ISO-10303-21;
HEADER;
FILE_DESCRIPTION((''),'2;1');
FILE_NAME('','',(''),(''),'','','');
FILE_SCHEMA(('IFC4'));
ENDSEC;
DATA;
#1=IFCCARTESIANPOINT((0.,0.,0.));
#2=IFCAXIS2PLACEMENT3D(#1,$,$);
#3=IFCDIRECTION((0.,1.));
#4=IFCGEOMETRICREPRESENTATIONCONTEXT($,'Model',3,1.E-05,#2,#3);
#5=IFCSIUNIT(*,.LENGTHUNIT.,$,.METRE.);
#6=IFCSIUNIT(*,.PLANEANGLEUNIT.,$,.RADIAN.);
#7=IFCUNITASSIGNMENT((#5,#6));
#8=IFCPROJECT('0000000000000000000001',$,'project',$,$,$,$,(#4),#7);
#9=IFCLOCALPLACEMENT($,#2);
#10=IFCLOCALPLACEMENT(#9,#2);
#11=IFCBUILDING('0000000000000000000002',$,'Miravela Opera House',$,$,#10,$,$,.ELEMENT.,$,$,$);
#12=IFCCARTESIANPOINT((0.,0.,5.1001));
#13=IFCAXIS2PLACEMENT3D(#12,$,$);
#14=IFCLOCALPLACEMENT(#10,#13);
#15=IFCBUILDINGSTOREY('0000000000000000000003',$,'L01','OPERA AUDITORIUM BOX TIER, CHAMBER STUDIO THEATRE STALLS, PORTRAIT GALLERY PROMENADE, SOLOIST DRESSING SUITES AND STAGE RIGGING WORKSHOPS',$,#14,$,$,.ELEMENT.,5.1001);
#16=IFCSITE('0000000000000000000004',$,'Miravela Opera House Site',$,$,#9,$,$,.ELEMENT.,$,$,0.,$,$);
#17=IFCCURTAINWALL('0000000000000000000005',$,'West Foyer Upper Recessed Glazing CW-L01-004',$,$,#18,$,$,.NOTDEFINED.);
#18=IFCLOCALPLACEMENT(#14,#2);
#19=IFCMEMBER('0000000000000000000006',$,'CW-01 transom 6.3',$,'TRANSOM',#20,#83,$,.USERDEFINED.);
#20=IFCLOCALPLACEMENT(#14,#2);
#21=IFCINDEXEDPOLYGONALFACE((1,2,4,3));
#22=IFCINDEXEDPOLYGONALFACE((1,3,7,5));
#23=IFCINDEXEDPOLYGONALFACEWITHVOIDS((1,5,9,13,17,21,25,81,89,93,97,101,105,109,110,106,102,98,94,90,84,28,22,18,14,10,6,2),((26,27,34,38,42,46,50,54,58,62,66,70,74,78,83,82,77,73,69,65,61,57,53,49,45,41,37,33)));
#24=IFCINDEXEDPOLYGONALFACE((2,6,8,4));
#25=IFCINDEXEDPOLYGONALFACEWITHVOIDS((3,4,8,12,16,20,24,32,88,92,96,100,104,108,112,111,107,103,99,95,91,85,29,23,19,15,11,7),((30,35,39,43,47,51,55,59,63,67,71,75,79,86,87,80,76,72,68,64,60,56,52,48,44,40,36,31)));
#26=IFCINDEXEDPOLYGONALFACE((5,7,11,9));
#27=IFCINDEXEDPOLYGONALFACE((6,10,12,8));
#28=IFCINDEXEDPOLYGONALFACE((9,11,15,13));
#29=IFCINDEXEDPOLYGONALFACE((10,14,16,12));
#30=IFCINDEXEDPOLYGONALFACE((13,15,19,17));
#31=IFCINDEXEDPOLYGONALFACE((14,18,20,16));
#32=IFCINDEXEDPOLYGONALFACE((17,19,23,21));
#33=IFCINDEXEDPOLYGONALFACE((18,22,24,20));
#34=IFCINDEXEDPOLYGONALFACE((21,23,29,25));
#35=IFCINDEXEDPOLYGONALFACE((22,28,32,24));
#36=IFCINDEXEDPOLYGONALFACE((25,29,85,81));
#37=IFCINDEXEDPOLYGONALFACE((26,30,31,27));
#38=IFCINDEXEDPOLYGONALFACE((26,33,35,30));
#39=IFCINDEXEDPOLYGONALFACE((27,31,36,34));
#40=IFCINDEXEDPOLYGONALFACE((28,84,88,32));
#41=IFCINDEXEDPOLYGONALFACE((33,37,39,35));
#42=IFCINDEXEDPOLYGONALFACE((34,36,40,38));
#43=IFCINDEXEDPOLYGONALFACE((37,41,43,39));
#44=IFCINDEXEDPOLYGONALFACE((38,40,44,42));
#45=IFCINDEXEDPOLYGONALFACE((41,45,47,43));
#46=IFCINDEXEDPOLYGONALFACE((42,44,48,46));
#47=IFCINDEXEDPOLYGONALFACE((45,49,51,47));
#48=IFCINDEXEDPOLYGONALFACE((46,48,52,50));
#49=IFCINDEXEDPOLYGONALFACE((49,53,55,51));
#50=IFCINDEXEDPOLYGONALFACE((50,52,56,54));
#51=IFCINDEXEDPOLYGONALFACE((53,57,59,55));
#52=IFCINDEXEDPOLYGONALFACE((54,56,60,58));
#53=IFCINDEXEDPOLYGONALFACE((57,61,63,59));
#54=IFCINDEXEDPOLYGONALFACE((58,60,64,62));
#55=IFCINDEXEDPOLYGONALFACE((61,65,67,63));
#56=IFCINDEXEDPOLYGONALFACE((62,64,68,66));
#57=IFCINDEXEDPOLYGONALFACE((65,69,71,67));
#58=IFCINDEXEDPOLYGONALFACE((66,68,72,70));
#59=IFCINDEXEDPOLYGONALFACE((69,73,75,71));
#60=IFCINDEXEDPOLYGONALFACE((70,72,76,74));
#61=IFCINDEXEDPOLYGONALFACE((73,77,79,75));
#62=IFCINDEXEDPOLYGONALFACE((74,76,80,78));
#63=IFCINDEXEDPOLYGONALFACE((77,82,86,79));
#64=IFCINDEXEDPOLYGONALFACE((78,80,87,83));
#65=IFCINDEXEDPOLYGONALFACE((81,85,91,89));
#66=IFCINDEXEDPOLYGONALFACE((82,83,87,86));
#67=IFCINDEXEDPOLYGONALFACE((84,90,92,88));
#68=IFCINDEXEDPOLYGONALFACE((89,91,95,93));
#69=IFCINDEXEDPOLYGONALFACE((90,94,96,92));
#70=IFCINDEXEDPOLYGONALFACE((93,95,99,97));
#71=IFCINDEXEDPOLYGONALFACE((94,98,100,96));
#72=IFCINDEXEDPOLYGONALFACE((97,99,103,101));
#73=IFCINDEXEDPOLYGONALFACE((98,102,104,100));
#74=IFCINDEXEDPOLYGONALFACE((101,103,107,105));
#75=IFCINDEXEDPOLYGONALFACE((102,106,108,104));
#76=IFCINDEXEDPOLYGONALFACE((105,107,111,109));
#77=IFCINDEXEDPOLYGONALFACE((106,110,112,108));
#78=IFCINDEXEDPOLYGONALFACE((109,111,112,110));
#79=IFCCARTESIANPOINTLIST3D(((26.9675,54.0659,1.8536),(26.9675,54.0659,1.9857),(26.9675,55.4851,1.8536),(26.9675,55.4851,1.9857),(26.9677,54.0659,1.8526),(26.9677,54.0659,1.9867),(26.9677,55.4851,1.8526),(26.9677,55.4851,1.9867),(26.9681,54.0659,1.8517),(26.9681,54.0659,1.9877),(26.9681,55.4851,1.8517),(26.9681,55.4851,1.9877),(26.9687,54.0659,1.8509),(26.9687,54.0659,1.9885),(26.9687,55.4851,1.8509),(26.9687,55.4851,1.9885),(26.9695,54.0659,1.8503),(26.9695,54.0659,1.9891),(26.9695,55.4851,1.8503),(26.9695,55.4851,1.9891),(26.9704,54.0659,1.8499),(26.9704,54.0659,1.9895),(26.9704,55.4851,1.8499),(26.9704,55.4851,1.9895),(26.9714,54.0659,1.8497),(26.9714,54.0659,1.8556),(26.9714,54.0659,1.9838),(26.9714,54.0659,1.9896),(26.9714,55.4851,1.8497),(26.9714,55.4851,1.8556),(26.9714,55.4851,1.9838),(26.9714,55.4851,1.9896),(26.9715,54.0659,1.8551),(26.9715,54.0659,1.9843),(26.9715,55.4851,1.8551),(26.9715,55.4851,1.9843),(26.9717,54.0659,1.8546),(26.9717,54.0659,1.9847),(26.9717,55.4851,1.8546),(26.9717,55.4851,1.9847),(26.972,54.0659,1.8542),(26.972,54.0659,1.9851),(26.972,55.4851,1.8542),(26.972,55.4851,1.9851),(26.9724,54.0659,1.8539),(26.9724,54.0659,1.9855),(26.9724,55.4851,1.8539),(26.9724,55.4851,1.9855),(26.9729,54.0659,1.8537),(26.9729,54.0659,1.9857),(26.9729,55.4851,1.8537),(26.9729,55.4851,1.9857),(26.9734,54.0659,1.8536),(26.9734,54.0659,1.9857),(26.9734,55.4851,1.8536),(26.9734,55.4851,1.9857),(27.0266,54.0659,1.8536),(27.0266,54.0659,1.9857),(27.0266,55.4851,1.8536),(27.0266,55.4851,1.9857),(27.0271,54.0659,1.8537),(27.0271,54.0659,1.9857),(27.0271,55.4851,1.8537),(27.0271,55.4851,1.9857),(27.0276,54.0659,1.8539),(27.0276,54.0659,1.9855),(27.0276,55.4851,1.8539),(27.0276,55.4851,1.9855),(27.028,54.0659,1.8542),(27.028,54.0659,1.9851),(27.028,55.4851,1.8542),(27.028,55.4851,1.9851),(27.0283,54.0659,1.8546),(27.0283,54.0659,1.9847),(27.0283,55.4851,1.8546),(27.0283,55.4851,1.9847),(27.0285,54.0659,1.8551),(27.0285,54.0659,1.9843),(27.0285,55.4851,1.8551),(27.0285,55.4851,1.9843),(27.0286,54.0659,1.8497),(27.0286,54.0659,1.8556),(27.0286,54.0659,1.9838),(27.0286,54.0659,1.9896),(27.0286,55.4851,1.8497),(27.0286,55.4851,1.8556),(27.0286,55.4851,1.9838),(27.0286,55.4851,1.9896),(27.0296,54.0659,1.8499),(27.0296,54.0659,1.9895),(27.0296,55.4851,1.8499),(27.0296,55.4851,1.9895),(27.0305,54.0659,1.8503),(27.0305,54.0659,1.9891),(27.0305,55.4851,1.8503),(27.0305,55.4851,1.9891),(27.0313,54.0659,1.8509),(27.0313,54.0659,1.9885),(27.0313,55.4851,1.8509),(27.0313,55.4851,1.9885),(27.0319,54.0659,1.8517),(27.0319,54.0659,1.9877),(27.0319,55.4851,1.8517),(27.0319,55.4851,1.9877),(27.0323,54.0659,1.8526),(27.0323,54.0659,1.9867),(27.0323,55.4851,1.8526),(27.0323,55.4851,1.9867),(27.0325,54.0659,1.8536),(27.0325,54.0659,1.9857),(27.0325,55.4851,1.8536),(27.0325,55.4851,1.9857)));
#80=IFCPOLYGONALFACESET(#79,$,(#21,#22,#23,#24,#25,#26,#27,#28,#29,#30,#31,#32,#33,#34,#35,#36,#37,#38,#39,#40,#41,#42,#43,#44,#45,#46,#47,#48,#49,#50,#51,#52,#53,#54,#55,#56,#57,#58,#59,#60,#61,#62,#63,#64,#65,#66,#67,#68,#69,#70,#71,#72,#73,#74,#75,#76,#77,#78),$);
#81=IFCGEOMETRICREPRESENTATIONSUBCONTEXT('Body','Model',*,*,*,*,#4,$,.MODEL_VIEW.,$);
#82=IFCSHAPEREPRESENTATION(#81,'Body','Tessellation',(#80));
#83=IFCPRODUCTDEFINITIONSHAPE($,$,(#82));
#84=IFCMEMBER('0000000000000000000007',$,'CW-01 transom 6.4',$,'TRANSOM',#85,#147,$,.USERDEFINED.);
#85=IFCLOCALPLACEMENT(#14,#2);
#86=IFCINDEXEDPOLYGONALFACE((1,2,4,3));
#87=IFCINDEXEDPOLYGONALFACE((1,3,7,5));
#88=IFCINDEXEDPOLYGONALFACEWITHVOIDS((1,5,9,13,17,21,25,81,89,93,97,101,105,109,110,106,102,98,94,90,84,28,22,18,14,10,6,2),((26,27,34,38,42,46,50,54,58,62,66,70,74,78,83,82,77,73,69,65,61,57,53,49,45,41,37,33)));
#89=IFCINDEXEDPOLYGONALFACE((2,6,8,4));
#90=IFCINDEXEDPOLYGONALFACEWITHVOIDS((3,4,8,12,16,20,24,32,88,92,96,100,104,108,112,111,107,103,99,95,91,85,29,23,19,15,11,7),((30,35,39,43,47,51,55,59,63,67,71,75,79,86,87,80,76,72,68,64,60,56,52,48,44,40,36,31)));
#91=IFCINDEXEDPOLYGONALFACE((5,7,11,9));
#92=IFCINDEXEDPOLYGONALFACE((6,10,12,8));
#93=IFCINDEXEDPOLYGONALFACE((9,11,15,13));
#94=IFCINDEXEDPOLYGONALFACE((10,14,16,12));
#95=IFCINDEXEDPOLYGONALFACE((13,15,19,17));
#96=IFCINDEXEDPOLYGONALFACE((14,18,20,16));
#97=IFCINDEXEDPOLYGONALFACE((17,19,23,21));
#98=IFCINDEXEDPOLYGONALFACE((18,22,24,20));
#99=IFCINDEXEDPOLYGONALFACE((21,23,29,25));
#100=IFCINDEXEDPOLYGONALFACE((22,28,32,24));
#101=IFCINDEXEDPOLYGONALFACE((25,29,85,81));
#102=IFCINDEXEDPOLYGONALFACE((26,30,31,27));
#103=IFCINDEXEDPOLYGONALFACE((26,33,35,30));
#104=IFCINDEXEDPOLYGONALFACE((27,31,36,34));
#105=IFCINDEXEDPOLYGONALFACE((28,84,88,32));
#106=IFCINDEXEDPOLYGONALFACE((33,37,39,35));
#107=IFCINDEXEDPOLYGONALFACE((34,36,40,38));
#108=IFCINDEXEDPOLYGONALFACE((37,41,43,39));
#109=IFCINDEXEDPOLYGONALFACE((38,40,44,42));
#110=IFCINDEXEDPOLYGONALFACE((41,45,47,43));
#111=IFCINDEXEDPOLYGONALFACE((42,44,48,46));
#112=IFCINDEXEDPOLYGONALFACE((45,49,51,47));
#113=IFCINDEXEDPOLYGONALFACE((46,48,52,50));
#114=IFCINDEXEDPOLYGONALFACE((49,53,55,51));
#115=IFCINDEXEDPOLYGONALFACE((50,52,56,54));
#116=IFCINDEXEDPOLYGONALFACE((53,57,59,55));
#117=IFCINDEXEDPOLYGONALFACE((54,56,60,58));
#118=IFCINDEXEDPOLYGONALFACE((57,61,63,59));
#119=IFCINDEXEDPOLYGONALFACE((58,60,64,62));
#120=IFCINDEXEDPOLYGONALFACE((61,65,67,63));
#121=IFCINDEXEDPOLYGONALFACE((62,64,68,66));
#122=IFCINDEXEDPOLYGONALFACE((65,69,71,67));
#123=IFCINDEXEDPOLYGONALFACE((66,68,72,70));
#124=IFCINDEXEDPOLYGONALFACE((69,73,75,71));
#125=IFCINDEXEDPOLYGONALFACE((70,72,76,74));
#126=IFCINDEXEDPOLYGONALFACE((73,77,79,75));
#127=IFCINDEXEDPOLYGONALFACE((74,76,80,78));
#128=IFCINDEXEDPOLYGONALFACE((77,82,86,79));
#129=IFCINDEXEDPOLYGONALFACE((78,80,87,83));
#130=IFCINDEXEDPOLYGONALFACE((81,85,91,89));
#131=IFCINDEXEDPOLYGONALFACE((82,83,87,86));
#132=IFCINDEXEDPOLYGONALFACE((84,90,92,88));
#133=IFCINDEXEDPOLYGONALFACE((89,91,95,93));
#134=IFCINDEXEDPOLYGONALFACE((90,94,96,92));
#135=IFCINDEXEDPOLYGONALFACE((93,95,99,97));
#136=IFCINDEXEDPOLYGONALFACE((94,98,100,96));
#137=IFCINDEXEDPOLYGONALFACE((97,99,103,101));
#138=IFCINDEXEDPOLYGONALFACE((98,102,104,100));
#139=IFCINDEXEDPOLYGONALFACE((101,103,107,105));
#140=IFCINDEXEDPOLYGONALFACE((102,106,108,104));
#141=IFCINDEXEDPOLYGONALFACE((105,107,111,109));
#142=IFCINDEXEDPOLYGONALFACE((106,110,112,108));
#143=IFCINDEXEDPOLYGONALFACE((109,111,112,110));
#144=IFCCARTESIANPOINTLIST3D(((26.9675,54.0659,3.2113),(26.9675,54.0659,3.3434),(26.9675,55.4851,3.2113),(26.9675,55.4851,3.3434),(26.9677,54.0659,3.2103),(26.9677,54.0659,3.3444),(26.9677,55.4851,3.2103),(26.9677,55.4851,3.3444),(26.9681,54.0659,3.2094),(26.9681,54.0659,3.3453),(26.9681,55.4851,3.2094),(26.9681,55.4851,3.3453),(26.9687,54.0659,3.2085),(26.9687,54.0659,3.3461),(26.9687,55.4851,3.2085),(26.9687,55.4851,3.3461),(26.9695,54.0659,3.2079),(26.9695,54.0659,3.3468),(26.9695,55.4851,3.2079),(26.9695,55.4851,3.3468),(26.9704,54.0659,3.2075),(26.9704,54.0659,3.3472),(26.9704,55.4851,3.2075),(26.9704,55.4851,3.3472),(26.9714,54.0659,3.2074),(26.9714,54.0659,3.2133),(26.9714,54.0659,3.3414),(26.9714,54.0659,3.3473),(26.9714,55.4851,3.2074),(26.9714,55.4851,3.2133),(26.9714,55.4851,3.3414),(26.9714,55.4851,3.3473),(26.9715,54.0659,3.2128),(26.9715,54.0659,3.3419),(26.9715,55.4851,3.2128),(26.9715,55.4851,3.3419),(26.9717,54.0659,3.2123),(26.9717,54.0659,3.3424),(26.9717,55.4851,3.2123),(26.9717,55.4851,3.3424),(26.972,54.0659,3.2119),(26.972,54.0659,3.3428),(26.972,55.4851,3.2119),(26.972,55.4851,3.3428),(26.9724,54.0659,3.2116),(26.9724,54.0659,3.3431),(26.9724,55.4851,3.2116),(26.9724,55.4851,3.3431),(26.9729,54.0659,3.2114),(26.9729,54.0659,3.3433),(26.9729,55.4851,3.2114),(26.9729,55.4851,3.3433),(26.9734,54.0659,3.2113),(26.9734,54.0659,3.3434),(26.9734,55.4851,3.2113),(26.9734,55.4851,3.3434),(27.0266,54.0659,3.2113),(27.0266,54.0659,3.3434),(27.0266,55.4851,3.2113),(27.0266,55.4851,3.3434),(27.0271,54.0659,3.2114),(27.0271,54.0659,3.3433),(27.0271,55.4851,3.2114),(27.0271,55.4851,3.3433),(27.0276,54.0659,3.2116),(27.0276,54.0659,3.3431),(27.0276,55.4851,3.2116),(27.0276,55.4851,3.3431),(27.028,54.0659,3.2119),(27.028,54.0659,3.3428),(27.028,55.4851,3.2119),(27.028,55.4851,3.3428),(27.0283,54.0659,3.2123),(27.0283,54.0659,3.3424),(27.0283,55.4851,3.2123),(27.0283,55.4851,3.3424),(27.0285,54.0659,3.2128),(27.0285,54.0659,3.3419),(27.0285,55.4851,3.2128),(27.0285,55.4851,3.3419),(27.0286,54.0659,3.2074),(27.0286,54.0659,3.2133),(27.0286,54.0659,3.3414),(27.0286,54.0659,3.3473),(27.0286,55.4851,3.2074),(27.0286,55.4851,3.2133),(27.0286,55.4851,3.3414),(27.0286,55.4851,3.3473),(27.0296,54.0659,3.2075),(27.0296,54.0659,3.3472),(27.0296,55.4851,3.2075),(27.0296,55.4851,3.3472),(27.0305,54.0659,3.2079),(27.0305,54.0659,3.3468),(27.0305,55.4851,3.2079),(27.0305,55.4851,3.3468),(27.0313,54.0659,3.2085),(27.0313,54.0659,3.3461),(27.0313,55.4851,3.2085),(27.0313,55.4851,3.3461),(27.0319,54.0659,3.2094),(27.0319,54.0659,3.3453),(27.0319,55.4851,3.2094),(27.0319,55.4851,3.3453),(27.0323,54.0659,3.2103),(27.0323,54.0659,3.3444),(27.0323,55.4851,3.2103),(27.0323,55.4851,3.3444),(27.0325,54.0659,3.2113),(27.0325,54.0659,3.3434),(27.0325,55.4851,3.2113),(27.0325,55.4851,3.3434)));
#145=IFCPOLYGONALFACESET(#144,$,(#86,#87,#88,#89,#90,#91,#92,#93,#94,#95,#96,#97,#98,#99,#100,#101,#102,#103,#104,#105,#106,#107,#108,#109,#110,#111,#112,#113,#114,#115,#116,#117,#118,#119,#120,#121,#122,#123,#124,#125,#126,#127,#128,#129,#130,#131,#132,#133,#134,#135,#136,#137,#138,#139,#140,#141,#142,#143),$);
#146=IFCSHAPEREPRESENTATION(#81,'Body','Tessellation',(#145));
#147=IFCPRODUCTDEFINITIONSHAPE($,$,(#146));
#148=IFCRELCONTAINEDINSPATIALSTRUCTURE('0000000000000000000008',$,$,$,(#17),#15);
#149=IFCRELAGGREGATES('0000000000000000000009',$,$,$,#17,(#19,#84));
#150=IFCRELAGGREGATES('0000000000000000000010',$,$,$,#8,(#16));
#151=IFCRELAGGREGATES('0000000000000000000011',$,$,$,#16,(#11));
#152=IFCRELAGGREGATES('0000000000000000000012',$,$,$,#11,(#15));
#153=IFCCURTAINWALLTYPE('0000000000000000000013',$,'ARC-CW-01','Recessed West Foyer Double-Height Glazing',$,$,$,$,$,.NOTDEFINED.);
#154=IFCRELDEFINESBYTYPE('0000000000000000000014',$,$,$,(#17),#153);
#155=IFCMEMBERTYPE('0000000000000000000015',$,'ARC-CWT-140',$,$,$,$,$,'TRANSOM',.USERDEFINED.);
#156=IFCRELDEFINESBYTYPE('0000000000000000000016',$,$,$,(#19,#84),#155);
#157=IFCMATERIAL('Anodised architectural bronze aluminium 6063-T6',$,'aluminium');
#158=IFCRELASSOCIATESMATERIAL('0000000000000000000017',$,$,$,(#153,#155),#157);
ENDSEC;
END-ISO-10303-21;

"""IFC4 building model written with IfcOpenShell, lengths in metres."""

from ifc_helpers import new_model, si_unit, direction, frame, origin, origin_2d, place, context, subcontext, project, spatial, hollow_rectangle, extrude, material, material_profile, profile_set, type_object, element, aggregate, save


model = new_model("IFC4")

# Units and contexts
model_context = context("Model", 3, precision=1e-05, world=origin(), true_north=direction((0.0, 1.0)))
body_context = subcontext(model_context, "Body", "Model", "MODEL_VIEW")
ifc_project = project(units=[si_unit("LENGTHUNIT", "METRE"), si_unit("PLANEANGLEUNIT", "RADIAN")], contexts=[model_context])

# Site, building, storey
site_placement = place(None, origin())
site = spatial("IfcSite", under=ifc_project, at=site_placement, Name="Miravela Opera House Site", CompositionType="ELEMENT", RefElevation=0.0)
building_placement = place(site_placement, origin())
building = spatial("IfcBuilding", under=site, at=building_placement, Name="Miravela Opera House", CompositionType="ELEMENT")
storey_placement = place(building_placement, frame((0.0, 0.0, 5.1001)))
storey = spatial("IfcBuildingStorey", under=building, at=storey_placement, Name="L01", Description="OPERA AUDITORIUM BOX TIER, CHAMBER STUDIO THEATRE STALLS, PORTRAIT GALLERY PROMENADE, SOLOIST DRESSING SUITES AND STAGE RIGGING WORKSHOPS", CompositionType="ELEMENT", Elevation=5.1001)

# Curtain wall
ifc_material_1 = material(Name="Anodised architectural bronze aluminium 6063-T6", Category="aluminium")
curtain_wall_type = type_object("IfcCurtainWallType", Name="ARC-CW-01", Description="Recessed West Foyer Double-Height Glazing", PredefinedType="NOTDEFINED", material=ifc_material_1)
curtain_wall_1_placement = place(storey_placement, origin())
curtain_wall_1 = element("IfcCurtainWall", 1, at=curtain_wall_1_placement, inside=storey, type_object=curtain_wall_type, Name="West Foyer Upper Recessed Glazing CW-L01-004", PredefinedType="NOTDEFINED")

# Members
ifc_material_profile_1 = material_profile(ifc_material_1, hollow_rectangle(XDim=0.0649, YDim=0.1399, WallThickness=0.0039, InnerFilletRadius=0.002, OuterFilletRadius=0.0039, at=origin_2d()), Name="CWT-65X140")
ifc_profile_set_1 = profile_set([ifc_material_profile_1])
member_type_1 = type_object("IfcMemberType", Name="ARC-CWT-140", ElementType="TRANSOM", PredefinedType="USERDEFINED", material=ifc_profile_set_1)
member_1_placement = place(storey_placement, frame((27.0, 54.0659, 1.9197), z_axis=(0.0, 1.0, 0.0), x_axis=(-1.0, 0.0, 0.0)))
member_1 = element("IfcMember", 2, at=member_1_placement, type_object=member_type_1, Name="CW-01 transom 6.3", ObjectType="TRANSOM", PredefinedType="USERDEFINED", context=body_context, shape_type="SweptSolid", body=[
    extrude(hollow_rectangle(XDim=0.0649, YDim=0.1399, WallThickness=0.0039, InnerFilletRadius=0.002, OuterFilletRadius=0.0039, at=origin_2d()), origin(), (0.0, 0.0, 1.0), 1.4192),
])
member_2_placement = place(storey_placement, frame((27.0, 54.0659, 3.2773), z_axis=(0.0, 1.0, 0.0), x_axis=(-1.0, 0.0, 0.0)))
member_2 = element("IfcMember", 3, at=member_2_placement, type_object=member_type_1, Name="CW-01 transom 6.4", ObjectType="TRANSOM", PredefinedType="USERDEFINED", context=body_context, shape_type="SweptSolid", body=[
    extrude(hollow_rectangle(XDim=0.0649, YDim=0.1399, WallThickness=0.0039, InnerFilletRadius=0.002, OuterFilletRadius=0.0039, at=origin_2d()), origin(), (0.0, 0.0, 1.0), 1.4192),
])

aggregate(curtain_wall_1, [member_1, member_2])

save(model, "model.ifc")
